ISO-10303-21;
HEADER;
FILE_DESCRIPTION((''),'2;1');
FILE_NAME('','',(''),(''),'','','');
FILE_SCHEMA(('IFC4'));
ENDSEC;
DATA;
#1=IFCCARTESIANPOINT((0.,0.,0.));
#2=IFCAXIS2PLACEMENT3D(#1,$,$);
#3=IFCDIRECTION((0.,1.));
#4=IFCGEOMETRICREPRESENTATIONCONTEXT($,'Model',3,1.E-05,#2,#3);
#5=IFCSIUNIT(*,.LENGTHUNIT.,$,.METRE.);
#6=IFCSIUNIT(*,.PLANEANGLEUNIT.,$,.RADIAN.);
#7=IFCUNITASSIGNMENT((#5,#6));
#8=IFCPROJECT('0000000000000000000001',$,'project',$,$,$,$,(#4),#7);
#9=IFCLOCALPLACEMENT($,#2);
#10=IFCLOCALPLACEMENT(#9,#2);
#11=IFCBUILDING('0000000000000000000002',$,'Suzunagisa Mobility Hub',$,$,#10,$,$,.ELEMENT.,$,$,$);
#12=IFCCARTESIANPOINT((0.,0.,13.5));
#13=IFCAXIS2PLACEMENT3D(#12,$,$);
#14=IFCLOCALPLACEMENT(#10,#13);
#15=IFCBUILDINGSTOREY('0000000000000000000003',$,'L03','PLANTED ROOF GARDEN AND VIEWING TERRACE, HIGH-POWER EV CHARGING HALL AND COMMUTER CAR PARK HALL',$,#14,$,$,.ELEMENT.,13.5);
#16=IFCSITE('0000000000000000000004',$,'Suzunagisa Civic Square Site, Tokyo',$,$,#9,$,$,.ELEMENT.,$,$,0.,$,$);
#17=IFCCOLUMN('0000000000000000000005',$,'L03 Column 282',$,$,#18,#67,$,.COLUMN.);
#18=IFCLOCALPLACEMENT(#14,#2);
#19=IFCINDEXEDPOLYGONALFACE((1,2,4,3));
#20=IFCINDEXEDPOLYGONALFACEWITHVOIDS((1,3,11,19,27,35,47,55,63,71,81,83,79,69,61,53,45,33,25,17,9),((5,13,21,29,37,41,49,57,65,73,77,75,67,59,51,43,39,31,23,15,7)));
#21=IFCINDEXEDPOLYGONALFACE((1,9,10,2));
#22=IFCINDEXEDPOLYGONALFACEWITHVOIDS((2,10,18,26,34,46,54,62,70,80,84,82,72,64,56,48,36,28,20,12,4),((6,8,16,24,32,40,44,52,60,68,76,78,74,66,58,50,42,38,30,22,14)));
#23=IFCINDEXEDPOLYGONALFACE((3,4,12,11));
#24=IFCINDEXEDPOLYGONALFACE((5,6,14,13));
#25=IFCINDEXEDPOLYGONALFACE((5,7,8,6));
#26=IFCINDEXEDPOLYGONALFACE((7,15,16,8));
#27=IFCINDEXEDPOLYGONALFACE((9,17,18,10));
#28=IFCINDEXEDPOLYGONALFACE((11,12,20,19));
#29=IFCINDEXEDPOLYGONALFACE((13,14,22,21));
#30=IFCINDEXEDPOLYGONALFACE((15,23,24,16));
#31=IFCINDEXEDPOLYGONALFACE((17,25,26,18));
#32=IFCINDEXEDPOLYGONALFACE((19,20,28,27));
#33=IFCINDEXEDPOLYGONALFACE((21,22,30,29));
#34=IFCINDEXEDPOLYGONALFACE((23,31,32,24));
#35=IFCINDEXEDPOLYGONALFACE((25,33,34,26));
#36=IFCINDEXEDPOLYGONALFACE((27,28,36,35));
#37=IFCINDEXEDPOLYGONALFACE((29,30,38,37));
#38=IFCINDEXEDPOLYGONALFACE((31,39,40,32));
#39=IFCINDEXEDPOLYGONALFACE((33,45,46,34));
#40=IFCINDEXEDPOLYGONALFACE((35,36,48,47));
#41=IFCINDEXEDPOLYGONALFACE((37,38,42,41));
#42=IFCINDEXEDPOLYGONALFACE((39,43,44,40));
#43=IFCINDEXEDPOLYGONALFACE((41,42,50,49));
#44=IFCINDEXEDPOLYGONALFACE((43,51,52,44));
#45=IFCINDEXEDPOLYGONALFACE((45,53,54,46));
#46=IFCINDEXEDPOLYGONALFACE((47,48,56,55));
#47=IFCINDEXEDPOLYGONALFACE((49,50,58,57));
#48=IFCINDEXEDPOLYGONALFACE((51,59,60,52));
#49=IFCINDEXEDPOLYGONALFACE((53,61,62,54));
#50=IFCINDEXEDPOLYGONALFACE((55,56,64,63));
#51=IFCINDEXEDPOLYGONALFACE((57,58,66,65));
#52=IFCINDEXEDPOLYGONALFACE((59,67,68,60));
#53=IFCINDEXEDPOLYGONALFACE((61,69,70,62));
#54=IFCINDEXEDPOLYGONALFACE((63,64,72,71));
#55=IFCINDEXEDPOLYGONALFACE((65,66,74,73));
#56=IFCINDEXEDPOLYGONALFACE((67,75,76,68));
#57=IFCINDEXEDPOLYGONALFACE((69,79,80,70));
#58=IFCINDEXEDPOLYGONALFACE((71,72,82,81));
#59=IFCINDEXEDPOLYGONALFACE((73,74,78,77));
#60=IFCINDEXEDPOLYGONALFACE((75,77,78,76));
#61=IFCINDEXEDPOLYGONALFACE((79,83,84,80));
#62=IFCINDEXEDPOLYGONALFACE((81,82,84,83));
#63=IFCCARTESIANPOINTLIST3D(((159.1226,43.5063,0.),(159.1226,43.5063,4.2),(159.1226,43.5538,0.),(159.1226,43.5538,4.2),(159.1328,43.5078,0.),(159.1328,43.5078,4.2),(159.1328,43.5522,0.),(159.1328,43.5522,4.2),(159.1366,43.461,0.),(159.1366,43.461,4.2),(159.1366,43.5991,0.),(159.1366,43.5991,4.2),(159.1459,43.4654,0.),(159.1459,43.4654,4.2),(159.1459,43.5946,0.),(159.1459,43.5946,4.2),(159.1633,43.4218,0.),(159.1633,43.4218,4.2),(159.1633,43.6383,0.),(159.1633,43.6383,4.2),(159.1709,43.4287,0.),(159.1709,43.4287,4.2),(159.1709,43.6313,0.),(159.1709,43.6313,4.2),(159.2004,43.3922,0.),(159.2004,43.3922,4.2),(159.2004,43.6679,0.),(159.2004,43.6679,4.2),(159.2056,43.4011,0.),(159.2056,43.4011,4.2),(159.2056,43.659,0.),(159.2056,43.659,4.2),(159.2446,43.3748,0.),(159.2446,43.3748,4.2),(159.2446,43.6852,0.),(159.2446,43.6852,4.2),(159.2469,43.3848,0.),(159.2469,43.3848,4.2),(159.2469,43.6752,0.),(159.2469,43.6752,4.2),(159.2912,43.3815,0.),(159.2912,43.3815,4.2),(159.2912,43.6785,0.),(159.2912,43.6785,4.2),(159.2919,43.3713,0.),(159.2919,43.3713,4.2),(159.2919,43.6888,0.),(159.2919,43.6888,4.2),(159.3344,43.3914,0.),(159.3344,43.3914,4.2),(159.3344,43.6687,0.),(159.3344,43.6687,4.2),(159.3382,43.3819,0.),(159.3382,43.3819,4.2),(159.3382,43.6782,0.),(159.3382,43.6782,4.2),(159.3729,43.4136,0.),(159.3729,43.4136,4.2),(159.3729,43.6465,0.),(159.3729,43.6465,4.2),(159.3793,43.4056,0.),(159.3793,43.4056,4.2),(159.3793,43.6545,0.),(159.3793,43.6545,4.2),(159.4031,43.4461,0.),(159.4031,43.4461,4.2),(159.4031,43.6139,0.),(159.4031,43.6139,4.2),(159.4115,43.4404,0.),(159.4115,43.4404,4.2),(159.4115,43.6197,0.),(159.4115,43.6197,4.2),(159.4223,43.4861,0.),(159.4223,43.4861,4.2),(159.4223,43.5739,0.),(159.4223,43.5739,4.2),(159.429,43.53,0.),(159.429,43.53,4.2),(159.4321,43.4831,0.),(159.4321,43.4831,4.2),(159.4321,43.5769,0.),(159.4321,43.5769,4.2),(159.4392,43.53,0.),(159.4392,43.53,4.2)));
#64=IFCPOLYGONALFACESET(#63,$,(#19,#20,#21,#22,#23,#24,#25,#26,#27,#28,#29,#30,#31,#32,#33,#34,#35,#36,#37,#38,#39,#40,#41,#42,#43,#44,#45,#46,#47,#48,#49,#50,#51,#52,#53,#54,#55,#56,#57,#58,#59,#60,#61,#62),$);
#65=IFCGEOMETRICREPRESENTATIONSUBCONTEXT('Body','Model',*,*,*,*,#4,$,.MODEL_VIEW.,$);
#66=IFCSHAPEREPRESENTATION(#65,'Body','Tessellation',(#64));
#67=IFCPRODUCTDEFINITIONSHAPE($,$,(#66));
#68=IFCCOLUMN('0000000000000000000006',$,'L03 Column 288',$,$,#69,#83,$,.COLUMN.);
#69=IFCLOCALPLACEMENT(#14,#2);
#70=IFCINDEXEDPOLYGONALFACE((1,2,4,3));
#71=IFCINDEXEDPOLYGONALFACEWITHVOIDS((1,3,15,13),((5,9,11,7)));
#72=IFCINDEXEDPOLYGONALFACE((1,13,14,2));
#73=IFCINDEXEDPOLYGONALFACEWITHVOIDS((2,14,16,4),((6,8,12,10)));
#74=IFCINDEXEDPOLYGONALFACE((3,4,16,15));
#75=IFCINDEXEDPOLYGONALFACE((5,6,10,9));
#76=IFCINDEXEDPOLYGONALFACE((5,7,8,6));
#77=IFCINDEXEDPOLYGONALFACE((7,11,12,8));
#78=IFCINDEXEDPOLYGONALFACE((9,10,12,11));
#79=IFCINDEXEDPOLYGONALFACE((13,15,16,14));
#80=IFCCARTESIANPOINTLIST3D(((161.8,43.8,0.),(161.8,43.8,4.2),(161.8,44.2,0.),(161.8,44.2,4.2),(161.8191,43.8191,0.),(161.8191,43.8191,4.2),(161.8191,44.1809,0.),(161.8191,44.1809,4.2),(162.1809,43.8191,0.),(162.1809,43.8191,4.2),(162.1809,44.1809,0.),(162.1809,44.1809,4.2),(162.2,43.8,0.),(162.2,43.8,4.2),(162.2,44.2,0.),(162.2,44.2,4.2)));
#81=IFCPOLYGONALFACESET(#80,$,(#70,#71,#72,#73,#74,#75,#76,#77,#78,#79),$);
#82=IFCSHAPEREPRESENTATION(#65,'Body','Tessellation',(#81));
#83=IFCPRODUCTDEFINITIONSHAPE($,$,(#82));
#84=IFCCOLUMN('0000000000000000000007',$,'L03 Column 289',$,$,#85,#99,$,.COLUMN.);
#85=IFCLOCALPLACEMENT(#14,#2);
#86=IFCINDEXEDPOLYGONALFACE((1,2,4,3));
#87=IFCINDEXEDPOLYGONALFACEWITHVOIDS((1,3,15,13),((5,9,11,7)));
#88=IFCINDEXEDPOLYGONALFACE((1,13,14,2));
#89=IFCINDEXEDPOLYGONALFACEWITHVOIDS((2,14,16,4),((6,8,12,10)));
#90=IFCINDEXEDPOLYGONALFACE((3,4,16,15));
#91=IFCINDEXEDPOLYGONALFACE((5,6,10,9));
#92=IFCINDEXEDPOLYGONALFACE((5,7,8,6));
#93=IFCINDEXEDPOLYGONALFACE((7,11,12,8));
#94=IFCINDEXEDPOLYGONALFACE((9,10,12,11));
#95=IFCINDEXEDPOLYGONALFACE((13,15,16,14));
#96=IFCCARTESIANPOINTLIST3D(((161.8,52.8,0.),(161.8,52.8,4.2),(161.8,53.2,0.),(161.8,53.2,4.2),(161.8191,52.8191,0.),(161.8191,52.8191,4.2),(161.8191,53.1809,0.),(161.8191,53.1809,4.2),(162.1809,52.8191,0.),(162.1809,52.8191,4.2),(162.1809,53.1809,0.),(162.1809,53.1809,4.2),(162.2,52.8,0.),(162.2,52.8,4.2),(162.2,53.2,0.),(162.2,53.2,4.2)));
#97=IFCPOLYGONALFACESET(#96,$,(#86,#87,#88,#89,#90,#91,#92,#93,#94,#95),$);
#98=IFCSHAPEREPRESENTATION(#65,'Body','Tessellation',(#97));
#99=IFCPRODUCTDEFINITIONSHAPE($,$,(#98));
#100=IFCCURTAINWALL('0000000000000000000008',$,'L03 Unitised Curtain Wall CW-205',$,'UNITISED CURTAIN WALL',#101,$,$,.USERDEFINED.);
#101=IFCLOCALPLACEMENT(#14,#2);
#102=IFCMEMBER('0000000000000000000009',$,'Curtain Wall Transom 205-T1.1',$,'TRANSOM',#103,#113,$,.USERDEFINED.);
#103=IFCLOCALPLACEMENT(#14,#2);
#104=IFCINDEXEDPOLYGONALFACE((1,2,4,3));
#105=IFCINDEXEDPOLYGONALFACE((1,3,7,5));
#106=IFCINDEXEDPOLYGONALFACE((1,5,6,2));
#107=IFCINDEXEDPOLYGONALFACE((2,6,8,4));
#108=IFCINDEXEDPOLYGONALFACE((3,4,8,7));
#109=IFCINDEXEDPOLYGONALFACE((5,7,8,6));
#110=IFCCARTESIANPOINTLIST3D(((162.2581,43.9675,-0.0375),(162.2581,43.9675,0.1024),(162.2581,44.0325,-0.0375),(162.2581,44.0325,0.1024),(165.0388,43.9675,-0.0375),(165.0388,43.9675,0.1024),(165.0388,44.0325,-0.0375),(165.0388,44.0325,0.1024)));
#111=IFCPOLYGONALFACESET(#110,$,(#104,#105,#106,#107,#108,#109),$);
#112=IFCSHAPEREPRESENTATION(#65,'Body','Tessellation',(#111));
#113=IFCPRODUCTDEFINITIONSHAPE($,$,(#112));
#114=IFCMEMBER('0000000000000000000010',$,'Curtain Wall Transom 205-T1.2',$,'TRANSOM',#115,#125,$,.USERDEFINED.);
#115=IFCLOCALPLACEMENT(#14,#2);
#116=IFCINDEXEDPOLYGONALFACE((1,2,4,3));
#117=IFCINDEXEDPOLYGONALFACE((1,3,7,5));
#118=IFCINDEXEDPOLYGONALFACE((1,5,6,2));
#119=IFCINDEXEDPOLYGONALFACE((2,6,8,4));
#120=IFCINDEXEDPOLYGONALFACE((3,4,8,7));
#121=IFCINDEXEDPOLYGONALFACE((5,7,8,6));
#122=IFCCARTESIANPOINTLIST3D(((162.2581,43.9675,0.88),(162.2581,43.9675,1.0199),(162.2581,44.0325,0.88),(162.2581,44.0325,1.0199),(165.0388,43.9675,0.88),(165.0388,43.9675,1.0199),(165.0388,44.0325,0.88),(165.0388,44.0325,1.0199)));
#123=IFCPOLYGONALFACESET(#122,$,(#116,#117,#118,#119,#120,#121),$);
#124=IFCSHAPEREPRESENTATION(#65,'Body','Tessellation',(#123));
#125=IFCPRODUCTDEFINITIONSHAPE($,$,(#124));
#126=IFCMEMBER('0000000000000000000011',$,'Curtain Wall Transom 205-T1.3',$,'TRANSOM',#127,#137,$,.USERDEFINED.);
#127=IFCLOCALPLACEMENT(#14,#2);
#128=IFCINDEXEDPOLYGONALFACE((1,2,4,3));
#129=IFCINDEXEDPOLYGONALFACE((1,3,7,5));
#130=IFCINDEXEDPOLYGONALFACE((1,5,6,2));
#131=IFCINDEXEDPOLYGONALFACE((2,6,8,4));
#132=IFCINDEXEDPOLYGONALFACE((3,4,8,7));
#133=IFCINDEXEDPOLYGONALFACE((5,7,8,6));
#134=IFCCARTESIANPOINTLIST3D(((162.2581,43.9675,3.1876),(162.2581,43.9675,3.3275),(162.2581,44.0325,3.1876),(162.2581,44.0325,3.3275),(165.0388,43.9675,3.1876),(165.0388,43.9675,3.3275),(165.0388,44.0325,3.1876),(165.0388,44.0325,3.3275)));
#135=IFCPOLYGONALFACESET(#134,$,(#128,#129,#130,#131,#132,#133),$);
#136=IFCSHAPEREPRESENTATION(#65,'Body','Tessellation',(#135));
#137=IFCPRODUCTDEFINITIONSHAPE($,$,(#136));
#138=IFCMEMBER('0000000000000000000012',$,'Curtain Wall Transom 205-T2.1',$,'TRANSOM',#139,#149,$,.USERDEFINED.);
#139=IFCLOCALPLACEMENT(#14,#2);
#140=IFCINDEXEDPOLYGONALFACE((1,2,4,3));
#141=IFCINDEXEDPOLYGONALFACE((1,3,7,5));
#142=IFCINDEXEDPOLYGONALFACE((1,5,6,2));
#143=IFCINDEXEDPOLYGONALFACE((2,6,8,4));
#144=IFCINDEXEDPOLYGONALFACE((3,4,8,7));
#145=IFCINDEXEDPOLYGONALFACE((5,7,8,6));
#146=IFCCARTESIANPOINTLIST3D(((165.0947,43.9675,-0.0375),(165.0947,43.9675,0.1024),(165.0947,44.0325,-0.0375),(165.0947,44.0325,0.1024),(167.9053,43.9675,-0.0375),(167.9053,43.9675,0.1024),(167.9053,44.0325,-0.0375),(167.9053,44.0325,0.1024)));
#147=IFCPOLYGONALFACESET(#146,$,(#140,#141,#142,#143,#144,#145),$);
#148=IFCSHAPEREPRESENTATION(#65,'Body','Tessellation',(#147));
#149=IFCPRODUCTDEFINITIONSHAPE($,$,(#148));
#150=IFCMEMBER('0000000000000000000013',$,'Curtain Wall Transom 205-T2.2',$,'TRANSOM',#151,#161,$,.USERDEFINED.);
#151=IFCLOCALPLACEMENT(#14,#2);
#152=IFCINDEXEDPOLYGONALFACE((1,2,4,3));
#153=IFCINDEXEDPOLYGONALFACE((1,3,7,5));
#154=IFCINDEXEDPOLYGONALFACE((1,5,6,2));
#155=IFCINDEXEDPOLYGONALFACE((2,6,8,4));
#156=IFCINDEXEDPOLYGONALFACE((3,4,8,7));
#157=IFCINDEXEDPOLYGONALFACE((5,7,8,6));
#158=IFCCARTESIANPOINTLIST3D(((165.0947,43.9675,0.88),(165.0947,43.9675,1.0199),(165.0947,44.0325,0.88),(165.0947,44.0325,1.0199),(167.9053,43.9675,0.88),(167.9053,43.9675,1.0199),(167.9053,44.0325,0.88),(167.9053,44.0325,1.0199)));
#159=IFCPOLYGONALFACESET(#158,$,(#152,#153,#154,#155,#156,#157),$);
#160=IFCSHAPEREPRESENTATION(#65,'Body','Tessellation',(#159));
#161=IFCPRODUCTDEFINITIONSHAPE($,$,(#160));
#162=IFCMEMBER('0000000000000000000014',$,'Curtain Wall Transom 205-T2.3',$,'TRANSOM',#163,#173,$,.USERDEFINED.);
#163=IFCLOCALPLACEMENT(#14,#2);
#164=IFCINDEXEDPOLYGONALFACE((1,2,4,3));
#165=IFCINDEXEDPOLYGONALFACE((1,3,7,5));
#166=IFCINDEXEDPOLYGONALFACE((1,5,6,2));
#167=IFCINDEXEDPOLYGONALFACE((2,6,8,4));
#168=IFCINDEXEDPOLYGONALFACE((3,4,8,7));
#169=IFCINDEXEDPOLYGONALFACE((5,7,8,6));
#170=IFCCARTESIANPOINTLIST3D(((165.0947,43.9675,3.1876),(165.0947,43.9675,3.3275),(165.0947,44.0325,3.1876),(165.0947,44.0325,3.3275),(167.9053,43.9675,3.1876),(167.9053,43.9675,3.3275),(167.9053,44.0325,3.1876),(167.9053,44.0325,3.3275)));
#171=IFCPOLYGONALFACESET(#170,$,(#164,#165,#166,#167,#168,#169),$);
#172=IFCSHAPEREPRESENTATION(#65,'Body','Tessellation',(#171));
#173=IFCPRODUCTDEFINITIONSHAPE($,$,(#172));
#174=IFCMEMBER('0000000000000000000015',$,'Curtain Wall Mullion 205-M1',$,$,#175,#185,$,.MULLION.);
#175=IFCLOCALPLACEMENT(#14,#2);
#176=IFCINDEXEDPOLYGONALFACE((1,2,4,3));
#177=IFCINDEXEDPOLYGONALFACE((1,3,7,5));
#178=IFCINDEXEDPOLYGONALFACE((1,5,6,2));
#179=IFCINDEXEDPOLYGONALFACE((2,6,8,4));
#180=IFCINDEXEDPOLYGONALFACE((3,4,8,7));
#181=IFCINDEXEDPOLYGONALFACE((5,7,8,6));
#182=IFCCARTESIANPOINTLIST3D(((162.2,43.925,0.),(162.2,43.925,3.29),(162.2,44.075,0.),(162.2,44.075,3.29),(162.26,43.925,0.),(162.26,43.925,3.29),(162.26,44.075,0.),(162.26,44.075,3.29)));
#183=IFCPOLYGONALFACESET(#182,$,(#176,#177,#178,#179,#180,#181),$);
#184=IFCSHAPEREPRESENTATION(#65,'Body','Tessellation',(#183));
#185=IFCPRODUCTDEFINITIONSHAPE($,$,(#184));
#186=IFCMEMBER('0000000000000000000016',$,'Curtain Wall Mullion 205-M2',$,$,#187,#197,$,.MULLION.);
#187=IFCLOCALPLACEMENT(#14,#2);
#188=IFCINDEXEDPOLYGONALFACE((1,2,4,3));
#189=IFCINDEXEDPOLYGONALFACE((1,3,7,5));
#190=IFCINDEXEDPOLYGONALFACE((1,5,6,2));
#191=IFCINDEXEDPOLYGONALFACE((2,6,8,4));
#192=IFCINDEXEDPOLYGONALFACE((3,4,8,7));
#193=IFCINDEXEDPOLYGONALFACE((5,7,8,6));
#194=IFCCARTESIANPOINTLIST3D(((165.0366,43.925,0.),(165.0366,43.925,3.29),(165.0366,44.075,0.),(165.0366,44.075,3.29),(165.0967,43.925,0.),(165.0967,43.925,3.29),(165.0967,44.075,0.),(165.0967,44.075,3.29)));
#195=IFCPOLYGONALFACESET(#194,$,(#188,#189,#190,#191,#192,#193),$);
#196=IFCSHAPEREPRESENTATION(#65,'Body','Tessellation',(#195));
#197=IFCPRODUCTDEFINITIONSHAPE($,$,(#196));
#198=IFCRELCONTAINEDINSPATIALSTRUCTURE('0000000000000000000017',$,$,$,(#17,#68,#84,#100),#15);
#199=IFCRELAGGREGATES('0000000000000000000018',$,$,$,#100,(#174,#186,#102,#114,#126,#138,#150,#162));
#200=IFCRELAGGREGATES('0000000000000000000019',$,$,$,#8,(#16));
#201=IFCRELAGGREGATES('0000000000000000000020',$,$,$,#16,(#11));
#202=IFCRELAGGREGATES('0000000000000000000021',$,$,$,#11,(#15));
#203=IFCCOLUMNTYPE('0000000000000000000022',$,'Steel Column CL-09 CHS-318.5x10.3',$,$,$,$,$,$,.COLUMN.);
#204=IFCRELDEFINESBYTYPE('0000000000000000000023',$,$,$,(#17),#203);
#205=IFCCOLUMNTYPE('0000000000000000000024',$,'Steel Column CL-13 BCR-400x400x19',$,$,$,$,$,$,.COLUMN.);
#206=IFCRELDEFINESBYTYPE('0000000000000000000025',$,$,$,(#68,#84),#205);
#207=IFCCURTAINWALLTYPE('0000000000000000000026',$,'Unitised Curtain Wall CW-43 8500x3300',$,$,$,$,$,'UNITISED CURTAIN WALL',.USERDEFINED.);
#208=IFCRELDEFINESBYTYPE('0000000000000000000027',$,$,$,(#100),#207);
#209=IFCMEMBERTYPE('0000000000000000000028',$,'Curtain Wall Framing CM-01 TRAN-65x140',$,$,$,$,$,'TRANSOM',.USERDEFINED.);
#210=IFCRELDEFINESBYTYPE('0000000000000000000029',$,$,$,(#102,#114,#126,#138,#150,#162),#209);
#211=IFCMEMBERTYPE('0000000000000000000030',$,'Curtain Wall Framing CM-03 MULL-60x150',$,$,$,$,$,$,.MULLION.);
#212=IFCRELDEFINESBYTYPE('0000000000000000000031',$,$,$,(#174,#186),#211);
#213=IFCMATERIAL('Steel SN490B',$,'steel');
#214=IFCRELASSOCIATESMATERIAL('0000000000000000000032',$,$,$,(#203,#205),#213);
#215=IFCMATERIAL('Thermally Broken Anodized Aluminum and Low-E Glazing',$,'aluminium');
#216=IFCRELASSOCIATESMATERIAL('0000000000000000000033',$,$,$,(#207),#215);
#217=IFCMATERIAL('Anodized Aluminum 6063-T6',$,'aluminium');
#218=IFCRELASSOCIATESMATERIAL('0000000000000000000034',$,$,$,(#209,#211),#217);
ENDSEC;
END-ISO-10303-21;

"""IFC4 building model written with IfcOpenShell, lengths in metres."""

from ifc_helpers import new_model, si_unit, direction, frame, origin, origin_2d, place, context, subcontext, project, spatial, rectangle, hollow_rectangle, hollow_circle, extrude, material, material_profile, profile_set, type_object, element, aggregate, save


model = new_model("IFC4")

# Units and contexts
model_context = context("Model", 3, precision=1e-05, world=origin(), true_north=direction((0.0, 1.0)))
body_context = subcontext(model_context, "Body", "Model", "MODEL_VIEW")
ifc_project = project(units=[si_unit("LENGTHUNIT", "METRE"), si_unit("PLANEANGLEUNIT", "RADIAN")], contexts=[model_context])

# Site, building, storey
site_placement = place(None, origin())
site = spatial("IfcSite", under=ifc_project, at=site_placement, Name="Suzunagisa Civic Square Site, Tokyo", CompositionType="ELEMENT", RefElevation=0.0)
building_placement = place(site_placement, origin())
building = spatial("IfcBuilding", under=site, at=building_placement, Name="Suzunagisa Mobility Hub", CompositionType="ELEMENT")
storey_placement = place(building_placement, frame((0.0, 0.0, 13.5)))
storey = spatial("IfcBuildingStorey", under=building, at=storey_placement, Name="L03", Description="PLANTED ROOF GARDEN AND VIEWING TERRACE, HIGH-POWER EV CHARGING HALL AND COMMUTER CAR PARK HALL", CompositionType="ELEMENT", Elevation=13.5)

# Columns
ifc_material_1 = material(Name="Steel SN490B", Category="steel")
ifc_material_profile_1 = material_profile(ifc_material_1, hollow_circle(Radius=0.1592, WallThickness=0.0103, at=origin_2d()), Name="CHS-318.5x10.3")
ifc_profile_set_1 = profile_set([ifc_material_profile_1], Name="Steel SN490B")
column_type_1 = type_object("IfcColumnType", Name="Steel Column CL-09 CHS-318.5x10.3", PredefinedType="COLUMN", material=ifc_profile_set_1)
column_placement = place(storey_placement, frame((159.28, 43.53, 0.0), z_axis=(0.0, 0.0, 1.0), x_axis=(1.0, 0.0, 0.0)))
element("IfcColumn", 1, at=column_placement, inside=storey, type_object=column_type_1, Name="L03 Column 282", PredefinedType="COLUMN", context=body_context, shape_type="SweptSolid", body=[
    extrude(hollow_circle(Radius=0.1592, WallThickness=0.0103, at=origin_2d()), origin(), (0.0, 0.0, 1.0), 4.2),
])
ifc_material_profile_2 = material_profile(ifc_material_1, hollow_rectangle(XDim=0.3999, YDim=0.3999, WallThickness=0.019, at=origin_2d()), Name="BCR-400x400x19")
ifc_profile_set_2 = profile_set([ifc_material_profile_2], Name="Steel SN490B")
column_type_2 = type_object("IfcColumnType", Name="Steel Column CL-13 BCR-400x400x19", PredefinedType="COLUMN", material=ifc_profile_set_2)
for number, where, z_axis, x_axis, name in (
    (2, (162.0, 44.0, 0.0), (0.0, 0.0, 1.0), (1.0, 0.0, 0.0), "L03 Column 288"),
    (3, (162.0, 53.0, 0.0), (0.0, 0.0, 1.0), (1.0, 0.0, 0.0), "L03 Column 289"),
):
    element("IfcColumn", number, at=place(storey_placement, frame(where, z_axis=z_axis, x_axis=x_axis)), inside=storey, type_object=column_type_2, Name=name, PredefinedType="COLUMN", context=body_context, shape_type="SweptSolid", body=[
        extrude(hollow_rectangle(XDim=0.3999, YDim=0.3999, WallThickness=0.019, at=origin_2d()), origin(), (0.0, 0.0, 1.0), 4.2),
    ])

# Curtain wall, members
ifc_material_2 = material(Name="Thermally Broken Anodized Aluminum and Low-E Glazing", Category="aluminium")
curtain_wall_type = type_object("IfcCurtainWallType", Name="Unitised Curtain Wall CW-43 8500x3300", ElementType="UNITISED CURTAIN WALL", PredefinedType="USERDEFINED", material=ifc_material_2)
curtain_wall_placement = place(storey_placement, origin())
curtain_wall = element("IfcCurtainWall", 4, at=curtain_wall_placement, inside=storey, type_object=curtain_wall_type, Name="L03 Unitised Curtain Wall CW-205", ObjectType="UNITISED CURTAIN WALL", PredefinedType="USERDEFINED")
ifc_material_3 = material(Name="Anodized Aluminum 6063-T6", Category="aluminium")
ifc_material_profile_3 = material_profile(ifc_material_3, rectangle(XDim=0.0649, YDim=0.1399, at=origin_2d()), Name="TRAN-65x140")
ifc_profile_set_3 = profile_set([ifc_material_profile_3], Name="Anodized Aluminum 6063-T6")
member_type_1 = type_object("IfcMemberType", Name="Curtain Wall Framing CM-01 TRAN-65x140", ElementType="TRANSOM", PredefinedType="USERDEFINED", material=ifc_profile_set_3)
member_1_placement = place(storey_placement, frame((162.2581, 44.0, 0.0325), z_axis=(1.0, 0.0, 0.0), x_axis=(0.0, 1.0, 0.0)))
member_1 = element("IfcMember", 5, at=member_1_placement, type_object=member_type_1, Name="Curtain Wall Transom 205-T1.1", ObjectType="TRANSOM", PredefinedType="USERDEFINED", context=body_context, shape_type="SweptSolid", body=[
    extrude(rectangle(XDim=0.0649, YDim=0.1399, at=origin_2d()), origin(), (0.0, 0.0, 1.0), 2.7808),
])
member_2_placement = place(storey_placement, frame((162.2581, 44.0, 0.95), z_axis=(1.0, 0.0, 0.0), x_axis=(0.0, 1.0, 0.0)))
member_2 = element("IfcMember", 6, at=member_2_placement, type_object=member_type_1, Name="Curtain Wall Transom 205-T1.2", ObjectType="TRANSOM", PredefinedType="USERDEFINED", context=body_context, shape_type="SweptSolid", body=[
    extrude(rectangle(XDim=0.0649, YDim=0.1399, at=origin_2d()), origin(), (0.0, 0.0, 1.0), 2.7808),
])
member_3_placement = place(storey_placement, frame((162.2581, 44.0, 3.2576), z_axis=(1.0, 0.0, 0.0), x_axis=(0.0, 1.0, 0.0)))
member_3 = element("IfcMember", 7, at=member_3_placement, type_object=member_type_1, Name="Curtain Wall Transom 205-T1.3", ObjectType="TRANSOM", PredefinedType="USERDEFINED", context=body_context, shape_type="SweptSolid", body=[
    extrude(rectangle(XDim=0.0649, YDim=0.1399, at=origin_2d()), origin(), (0.0, 0.0, 1.0), 2.7808),
])
member_4_placement = place(storey_placement, frame((165.0947, 44.0, 0.0325), z_axis=(1.0, 0.0, 0.0), x_axis=(0.0, 1.0, 0.0)))
member_4 = element("IfcMember", 8, at=member_4_placement, type_object=member_type_1, Name="Curtain Wall Transom 205-T2.1", ObjectType="TRANSOM", PredefinedType="USERDEFINED", context=body_context, shape_type="SweptSolid", body=[
    extrude(rectangle(XDim=0.0649, YDim=0.1399, at=origin_2d()), origin(), (0.0, 0.0, 1.0), 2.8105),
])
member_5_placement = place(storey_placement, frame((165.0947, 44.0, 0.95), z_axis=(1.0, 0.0, 0.0), x_axis=(0.0, 1.0, 0.0)))
member_5 = element("IfcMember", 9, at=member_5_placement, type_object=member_type_1, Name="Curtain Wall Transom 205-T2.2", ObjectType="TRANSOM", PredefinedType="USERDEFINED", context=body_context, shape_type="SweptSolid", body=[
    extrude(rectangle(XDim=0.0649, YDim=0.1399, at=origin_2d()), origin(), (0.0, 0.0, 1.0), 2.8105),
])
member_6_placement = place(storey_placement, frame((165.0947, 44.0, 3.2576), z_axis=(1.0, 0.0, 0.0), x_axis=(0.0, 1.0, 0.0)))
member_6 = element("IfcMember", 10, at=member_6_placement, type_object=member_type_1, Name="Curtain Wall Transom 205-T2.3", ObjectType="TRANSOM", PredefinedType="USERDEFINED", context=body_context, shape_type="SweptSolid", body=[
    extrude(rectangle(XDim=0.0649, YDim=0.1399, at=origin_2d()), origin(), (0.0, 0.0, 1.0), 2.8105),
])
ifc_material_profile_4 = material_profile(ifc_material_3, rectangle(XDim=0.0601, YDim=0.1499, at=origin_2d()), Name="MULL-60x150")
ifc_profile_set_4 = profile_set([ifc_material_profile_4], Name="Anodized Aluminum 6063-T6")
member_type_2 = type_object("IfcMemberType", Name="Curtain Wall Framing CM-03 MULL-60x150", PredefinedType="MULLION", material=ifc_profile_set_4)
member_7_placement = place(storey_placement, frame((162.23, 44.0, 0.0), z_axis=(0.0, 0.0, 1.0), x_axis=(1.0, 0.0, 0.0)))
member_7 = element("IfcMember", 11, at=member_7_placement, type_object=member_type_2, Name="Curtain Wall Mullion 205-M1", PredefinedType="MULLION", context=body_context, shape_type="SweptSolid", body=[
    extrude(rectangle(XDim=0.0601, YDim=0.1499, at=origin_2d()), origin(), (0.0, 0.0, 1.0), 3.29),
])
member_8_placement = place(storey_placement, frame((165.0667, 44.0, 0.0), z_axis=(0.0, 0.0, 1.0), x_axis=(1.0, 0.0, 0.0)))
member_8 = element("IfcMember", 12, at=member_8_placement, type_object=member_type_2, Name="Curtain Wall Mullion 205-M2", PredefinedType="MULLION", context=body_context, shape_type="SweptSolid", body=[
    extrude(rectangle(XDim=0.0601, YDim=0.1499, at=origin_2d()), origin(), (0.0, 0.0, 1.0), 3.29),
])

aggregate(curtain_wall, [member_7, member_8, member_1, member_2, member_3, member_4, member_5, member_6])

save(model, "model.ifc")
